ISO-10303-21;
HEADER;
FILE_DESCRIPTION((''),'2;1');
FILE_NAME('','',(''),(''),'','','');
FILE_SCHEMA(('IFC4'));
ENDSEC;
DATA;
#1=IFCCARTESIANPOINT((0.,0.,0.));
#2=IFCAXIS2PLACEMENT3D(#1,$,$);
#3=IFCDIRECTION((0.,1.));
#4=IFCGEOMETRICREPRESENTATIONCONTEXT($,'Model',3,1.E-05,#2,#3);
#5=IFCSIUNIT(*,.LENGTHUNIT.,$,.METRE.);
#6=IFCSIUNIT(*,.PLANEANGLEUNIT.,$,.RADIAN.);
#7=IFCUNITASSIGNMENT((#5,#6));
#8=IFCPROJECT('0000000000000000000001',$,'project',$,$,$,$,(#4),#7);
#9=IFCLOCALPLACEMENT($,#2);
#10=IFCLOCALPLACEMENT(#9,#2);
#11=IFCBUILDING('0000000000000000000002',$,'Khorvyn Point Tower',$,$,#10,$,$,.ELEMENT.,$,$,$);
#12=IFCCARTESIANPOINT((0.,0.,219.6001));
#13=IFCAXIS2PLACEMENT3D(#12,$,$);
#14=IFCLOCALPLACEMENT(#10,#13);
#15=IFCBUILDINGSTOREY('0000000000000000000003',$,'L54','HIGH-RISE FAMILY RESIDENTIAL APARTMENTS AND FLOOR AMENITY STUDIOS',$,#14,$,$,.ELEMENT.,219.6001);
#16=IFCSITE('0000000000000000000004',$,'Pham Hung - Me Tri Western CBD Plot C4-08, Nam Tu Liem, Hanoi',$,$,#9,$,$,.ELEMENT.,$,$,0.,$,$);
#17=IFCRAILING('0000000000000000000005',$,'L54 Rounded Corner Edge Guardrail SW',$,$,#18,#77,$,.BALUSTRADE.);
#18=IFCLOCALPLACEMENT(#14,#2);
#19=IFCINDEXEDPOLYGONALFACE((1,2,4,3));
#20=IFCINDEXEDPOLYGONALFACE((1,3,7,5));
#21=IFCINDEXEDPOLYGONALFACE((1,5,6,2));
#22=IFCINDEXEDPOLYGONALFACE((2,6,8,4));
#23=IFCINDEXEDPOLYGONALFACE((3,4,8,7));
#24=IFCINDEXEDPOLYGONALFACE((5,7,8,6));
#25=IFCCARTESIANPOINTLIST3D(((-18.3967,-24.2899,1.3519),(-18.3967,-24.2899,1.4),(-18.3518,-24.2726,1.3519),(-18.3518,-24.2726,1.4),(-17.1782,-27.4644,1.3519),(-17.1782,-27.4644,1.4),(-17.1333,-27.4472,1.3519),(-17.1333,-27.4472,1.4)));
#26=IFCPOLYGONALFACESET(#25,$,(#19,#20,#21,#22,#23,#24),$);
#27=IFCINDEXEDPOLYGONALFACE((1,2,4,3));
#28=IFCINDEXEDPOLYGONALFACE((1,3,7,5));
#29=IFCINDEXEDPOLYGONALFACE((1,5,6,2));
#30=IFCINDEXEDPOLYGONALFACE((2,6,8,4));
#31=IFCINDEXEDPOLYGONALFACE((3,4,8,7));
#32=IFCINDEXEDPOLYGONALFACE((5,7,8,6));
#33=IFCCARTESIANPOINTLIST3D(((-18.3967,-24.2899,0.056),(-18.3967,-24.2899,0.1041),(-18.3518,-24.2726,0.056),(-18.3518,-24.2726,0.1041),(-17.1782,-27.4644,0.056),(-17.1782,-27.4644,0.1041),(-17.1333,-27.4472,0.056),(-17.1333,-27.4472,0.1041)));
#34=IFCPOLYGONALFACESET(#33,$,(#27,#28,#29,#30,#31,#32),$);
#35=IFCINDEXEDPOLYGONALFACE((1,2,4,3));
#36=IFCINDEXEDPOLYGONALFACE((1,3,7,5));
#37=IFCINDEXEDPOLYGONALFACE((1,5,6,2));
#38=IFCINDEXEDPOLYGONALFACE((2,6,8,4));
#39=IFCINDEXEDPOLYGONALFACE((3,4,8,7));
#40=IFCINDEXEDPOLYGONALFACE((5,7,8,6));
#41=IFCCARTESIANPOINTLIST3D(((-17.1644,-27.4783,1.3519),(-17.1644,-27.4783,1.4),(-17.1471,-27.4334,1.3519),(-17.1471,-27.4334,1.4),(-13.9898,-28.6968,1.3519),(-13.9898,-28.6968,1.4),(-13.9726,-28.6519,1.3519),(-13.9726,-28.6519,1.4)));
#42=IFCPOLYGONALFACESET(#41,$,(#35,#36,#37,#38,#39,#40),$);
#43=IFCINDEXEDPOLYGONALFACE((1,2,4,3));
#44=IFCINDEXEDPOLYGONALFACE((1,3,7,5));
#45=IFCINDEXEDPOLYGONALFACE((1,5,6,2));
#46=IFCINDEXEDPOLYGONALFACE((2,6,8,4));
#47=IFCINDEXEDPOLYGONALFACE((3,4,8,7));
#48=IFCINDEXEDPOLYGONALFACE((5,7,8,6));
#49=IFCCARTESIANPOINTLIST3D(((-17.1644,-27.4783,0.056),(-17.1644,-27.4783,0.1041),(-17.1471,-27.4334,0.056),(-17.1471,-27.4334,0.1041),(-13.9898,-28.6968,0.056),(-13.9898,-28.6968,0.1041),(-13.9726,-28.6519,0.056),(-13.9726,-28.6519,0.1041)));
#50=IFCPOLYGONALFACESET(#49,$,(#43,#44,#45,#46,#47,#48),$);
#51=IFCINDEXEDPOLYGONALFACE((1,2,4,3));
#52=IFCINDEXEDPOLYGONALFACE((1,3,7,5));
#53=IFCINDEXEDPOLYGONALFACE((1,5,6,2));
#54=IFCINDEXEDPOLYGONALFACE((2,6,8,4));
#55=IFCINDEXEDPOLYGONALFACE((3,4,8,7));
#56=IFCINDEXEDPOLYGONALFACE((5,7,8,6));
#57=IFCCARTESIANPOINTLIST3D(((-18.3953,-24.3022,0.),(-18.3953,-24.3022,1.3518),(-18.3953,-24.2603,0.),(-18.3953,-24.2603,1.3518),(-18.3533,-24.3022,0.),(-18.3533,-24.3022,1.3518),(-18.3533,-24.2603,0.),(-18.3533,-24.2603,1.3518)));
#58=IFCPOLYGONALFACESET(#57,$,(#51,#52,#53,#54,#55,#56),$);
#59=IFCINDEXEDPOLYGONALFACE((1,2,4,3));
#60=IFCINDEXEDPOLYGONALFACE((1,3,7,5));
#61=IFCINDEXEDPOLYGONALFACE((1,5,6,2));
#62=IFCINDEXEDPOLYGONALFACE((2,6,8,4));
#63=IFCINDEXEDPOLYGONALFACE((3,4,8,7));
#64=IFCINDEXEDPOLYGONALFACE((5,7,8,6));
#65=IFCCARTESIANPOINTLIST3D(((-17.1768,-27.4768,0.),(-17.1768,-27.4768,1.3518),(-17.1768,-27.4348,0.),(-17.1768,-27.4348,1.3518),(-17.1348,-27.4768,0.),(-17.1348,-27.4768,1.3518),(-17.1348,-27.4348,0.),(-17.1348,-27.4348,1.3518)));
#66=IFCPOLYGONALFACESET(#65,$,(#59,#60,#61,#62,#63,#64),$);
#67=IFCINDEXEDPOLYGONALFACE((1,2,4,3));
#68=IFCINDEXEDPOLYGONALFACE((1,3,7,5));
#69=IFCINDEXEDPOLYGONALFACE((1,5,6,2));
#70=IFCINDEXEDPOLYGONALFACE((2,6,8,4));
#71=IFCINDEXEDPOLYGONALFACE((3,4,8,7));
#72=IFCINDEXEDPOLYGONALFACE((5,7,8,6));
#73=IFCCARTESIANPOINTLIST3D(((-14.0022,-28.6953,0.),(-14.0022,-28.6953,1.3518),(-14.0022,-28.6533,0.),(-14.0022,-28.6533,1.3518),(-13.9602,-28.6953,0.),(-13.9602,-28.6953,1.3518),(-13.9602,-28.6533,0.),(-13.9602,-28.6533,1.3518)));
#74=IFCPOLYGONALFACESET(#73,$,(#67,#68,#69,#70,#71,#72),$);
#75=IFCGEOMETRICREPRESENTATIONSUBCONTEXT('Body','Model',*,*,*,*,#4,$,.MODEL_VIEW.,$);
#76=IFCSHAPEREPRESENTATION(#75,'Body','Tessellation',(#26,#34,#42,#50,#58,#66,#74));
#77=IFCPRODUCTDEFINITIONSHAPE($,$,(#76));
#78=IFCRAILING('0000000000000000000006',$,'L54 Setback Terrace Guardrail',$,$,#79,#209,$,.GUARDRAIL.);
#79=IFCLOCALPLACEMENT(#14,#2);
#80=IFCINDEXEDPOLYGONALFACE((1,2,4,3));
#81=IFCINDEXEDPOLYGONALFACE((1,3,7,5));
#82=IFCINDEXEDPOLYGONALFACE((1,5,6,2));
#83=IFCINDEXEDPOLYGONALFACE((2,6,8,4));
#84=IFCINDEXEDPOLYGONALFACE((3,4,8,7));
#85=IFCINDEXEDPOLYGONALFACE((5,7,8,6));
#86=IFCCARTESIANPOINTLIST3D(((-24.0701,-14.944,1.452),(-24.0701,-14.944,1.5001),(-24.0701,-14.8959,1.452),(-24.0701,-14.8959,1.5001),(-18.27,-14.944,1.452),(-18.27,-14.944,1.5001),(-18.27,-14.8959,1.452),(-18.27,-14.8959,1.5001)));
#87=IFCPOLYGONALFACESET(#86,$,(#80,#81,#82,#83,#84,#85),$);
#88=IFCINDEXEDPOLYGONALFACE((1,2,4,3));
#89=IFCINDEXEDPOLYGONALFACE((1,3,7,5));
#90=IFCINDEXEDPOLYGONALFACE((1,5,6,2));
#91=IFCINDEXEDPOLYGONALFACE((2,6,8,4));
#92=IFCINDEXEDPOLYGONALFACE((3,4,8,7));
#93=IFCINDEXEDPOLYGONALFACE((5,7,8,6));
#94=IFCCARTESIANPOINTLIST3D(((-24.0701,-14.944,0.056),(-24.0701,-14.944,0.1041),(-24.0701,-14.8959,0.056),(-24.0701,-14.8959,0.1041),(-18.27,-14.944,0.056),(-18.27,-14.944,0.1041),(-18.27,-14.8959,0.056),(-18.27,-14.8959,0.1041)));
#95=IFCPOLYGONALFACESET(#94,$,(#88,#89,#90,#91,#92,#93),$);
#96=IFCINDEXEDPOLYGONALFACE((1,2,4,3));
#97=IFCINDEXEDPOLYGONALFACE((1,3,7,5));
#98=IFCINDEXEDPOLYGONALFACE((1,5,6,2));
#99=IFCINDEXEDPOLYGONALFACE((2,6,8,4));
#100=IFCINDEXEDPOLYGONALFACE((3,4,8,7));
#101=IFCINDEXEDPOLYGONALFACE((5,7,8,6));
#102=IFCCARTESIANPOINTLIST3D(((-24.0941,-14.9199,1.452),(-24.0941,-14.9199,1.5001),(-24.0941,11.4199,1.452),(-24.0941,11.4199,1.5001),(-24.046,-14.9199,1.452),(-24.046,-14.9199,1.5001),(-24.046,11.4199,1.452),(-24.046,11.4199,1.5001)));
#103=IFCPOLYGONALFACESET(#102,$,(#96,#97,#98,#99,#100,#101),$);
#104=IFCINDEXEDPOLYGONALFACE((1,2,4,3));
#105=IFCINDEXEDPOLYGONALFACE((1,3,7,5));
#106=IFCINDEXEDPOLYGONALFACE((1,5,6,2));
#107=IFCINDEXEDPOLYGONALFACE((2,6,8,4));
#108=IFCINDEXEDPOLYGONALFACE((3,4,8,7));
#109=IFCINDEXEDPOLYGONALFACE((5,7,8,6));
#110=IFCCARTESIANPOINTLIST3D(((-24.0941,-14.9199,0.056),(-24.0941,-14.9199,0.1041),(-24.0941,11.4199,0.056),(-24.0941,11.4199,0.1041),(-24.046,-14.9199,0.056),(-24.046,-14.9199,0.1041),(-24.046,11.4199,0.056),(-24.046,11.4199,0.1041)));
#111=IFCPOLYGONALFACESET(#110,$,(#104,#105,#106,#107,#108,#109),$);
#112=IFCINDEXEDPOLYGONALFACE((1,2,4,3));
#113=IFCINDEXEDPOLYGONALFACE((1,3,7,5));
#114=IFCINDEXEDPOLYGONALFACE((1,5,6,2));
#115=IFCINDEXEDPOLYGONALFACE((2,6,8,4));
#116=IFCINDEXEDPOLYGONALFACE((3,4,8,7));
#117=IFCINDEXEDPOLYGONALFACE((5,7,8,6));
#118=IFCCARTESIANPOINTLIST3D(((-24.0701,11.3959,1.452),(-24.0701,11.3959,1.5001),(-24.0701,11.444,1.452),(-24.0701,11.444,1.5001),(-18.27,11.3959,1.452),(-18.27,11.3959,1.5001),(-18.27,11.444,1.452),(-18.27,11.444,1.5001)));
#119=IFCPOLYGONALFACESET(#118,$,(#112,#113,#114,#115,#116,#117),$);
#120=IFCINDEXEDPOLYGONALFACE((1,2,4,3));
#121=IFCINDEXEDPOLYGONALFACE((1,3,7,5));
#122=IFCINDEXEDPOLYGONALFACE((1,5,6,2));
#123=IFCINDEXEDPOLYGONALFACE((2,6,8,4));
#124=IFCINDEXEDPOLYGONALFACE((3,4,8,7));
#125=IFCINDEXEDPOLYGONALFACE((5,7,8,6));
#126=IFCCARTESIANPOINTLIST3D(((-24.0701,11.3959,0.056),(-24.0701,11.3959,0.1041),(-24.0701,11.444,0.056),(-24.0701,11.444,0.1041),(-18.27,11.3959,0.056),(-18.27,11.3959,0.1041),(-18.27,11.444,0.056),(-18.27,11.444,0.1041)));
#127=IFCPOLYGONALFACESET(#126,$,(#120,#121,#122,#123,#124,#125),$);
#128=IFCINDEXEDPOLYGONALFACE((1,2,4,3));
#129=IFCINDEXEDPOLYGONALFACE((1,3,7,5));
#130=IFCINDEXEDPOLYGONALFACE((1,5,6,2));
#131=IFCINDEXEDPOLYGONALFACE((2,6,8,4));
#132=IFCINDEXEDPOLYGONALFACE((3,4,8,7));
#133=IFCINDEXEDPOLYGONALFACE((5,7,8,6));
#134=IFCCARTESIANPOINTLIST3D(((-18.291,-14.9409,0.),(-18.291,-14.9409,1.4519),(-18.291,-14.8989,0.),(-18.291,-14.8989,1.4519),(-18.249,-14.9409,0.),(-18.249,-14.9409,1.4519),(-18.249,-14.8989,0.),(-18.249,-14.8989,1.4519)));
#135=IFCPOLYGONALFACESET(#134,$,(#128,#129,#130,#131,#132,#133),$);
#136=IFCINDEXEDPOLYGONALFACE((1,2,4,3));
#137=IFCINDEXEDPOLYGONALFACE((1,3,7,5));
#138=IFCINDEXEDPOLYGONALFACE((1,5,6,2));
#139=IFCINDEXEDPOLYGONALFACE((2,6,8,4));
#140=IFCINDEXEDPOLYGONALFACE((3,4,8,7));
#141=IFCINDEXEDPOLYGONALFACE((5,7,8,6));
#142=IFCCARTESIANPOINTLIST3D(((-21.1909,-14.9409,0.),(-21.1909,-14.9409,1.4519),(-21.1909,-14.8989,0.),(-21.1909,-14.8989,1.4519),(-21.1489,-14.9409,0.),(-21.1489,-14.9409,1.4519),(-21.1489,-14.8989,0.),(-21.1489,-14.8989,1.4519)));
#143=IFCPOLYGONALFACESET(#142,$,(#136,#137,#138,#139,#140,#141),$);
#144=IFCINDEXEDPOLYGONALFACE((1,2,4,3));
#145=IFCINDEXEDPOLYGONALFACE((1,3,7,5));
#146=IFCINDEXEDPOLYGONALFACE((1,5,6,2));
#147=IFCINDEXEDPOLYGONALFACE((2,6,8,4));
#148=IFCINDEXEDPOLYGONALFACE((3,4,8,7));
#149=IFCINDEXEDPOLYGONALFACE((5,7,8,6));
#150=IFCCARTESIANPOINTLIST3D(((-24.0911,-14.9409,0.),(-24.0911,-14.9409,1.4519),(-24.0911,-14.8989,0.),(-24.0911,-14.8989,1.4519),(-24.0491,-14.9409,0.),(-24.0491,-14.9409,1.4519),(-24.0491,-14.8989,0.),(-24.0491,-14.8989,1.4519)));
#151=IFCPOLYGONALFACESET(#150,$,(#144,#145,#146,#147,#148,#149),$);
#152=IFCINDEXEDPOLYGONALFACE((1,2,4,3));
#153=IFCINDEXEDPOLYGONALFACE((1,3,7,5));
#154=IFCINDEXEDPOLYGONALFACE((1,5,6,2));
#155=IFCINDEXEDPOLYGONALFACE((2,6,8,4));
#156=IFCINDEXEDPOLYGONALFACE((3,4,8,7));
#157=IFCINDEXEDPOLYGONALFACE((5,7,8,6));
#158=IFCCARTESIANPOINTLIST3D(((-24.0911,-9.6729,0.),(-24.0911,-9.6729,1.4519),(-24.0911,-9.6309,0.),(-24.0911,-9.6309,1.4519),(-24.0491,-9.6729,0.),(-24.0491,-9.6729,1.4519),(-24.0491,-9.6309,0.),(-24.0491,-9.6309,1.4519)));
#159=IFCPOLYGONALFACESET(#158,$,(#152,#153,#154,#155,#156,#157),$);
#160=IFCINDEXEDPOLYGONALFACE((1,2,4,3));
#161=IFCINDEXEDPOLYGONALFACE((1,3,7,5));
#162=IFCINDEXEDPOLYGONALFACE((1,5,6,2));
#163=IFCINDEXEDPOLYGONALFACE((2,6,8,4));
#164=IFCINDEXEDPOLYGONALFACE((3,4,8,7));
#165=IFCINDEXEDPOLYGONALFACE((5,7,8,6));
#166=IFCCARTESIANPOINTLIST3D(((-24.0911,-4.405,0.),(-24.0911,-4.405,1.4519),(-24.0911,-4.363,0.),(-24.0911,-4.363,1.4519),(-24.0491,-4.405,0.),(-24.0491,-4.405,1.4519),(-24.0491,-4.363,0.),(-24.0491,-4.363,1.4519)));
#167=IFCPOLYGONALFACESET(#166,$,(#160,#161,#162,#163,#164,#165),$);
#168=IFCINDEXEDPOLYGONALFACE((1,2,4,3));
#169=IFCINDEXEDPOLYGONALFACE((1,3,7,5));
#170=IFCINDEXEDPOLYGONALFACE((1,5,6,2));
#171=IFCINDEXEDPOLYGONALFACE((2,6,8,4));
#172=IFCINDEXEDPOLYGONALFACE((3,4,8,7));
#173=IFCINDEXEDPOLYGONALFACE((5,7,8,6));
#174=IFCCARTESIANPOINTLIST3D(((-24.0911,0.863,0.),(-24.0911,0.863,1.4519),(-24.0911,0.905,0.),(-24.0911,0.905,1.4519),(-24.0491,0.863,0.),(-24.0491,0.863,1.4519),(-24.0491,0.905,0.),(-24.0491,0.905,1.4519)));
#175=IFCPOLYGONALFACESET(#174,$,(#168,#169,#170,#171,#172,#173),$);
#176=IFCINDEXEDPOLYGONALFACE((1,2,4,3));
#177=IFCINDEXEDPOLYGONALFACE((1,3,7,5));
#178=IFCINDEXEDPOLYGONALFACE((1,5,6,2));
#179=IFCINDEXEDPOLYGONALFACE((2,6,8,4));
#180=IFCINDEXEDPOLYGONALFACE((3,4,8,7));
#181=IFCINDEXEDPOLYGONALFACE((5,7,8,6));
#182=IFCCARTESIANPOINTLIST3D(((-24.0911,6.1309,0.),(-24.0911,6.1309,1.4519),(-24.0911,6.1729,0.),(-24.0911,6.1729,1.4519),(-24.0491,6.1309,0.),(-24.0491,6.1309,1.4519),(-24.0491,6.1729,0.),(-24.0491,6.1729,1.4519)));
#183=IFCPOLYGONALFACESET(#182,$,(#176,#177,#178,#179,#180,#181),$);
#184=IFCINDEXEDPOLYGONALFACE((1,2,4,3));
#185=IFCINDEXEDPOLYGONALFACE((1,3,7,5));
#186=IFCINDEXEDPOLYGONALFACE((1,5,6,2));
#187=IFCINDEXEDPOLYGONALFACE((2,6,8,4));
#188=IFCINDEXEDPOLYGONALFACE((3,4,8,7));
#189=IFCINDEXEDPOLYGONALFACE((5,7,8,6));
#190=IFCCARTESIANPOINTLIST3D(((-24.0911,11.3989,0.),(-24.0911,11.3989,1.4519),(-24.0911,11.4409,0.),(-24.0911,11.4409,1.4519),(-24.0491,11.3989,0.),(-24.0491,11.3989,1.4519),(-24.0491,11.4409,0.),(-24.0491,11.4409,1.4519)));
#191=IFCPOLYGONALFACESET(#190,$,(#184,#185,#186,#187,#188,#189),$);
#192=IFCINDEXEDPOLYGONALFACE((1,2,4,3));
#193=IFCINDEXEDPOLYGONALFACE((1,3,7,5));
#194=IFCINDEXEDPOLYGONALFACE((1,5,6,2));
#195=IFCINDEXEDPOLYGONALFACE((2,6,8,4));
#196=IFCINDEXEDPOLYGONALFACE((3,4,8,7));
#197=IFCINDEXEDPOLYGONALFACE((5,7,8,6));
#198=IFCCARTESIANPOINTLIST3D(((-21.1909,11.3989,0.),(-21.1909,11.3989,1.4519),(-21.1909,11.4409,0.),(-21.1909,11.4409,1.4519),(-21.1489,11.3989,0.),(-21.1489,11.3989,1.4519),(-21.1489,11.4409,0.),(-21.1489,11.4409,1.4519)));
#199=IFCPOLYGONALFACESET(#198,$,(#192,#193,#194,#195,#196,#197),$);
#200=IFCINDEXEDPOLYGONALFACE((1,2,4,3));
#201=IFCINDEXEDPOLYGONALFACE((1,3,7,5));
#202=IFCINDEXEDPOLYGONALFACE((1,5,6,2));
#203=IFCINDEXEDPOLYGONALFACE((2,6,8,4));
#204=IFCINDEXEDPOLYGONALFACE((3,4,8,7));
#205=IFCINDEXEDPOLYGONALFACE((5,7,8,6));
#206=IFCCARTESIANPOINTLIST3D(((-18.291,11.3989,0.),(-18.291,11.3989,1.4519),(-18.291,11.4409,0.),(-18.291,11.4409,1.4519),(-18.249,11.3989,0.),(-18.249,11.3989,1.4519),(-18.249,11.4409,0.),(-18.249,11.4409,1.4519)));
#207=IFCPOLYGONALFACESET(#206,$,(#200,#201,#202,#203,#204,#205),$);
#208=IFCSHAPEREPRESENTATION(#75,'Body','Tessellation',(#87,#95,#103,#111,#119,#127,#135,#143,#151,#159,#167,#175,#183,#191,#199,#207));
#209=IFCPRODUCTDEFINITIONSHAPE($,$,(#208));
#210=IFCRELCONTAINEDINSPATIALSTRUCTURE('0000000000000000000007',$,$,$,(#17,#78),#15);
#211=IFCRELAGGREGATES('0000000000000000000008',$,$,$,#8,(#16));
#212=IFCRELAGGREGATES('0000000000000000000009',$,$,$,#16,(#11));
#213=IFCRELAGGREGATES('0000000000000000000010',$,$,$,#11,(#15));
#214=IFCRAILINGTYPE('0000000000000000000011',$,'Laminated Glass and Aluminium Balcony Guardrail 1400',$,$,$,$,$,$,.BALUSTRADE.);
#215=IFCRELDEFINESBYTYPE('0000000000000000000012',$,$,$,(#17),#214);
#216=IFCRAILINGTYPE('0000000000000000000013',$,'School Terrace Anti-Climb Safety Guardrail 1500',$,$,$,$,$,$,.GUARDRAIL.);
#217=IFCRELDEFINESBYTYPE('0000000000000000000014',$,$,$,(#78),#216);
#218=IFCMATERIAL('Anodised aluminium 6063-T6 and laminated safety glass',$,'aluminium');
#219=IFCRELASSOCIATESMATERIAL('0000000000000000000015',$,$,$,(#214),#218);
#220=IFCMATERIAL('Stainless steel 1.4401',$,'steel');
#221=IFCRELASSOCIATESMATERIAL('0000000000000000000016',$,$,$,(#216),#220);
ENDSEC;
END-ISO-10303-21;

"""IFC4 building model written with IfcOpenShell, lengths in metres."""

from ifc_helpers import new_model, si_unit, direction, frame, origin, origin_2d, place, context, subcontext, project, spatial, rectangle, extrude, material, type_object, element, save


model = new_model("IFC4")

# Units and contexts
model_context = context("Model", 3, precision=1e-05, world=origin(), true_north=direction((0.0, 1.0)))
body_context = subcontext(model_context, "Body", "Model", "MODEL_VIEW")
ifc_project = project(units=[si_unit("LENGTHUNIT", "METRE"), si_unit("PLANEANGLEUNIT", "RADIAN")], contexts=[model_context])

# Site, building, storey
site_placement = place(None, origin())
site = spatial("IfcSite", under=ifc_project, at=site_placement, Name="Pham Hung - Me Tri Western CBD Plot C4-08, Nam Tu Liem, Hanoi", CompositionType="ELEMENT", RefElevation=0.0)
building_placement = place(site_placement, origin())
building = spatial("IfcBuilding", under=site, at=building_placement, Name="Khorvyn Point Tower", CompositionType="ELEMENT")
storey_placement = place(building_placement, frame((0.0, 0.0, 219.6001)))
storey = spatial("IfcBuildingStorey", under=building, at=storey_placement, Name="L54", Description="HIGH-RISE FAMILY RESIDENTIAL APARTMENTS AND FLOOR AMENITY STUDIOS", CompositionType="ELEMENT", Elevation=219.6001)

# Railings
ifc_material_1 = material(Name="Anodised aluminium 6063-T6 and laminated safety glass", Category="aluminium")
railing_type_1 = type_object("IfcRailingType", Name="Laminated Glass and Aluminium Balcony Guardrail 1400", PredefinedType="BALUSTRADE", material=ifc_material_1)
railing_1_placement = place(storey_placement, frame((-18.3743, -24.2812, 0.0)))
element("IfcRailing", 1, at=railing_1_placement, inside=storey, type_object=railing_type_1, Name="L54 Rounded Corner Edge Guardrail SW", PredefinedType="BALUSTRADE", context=body_context, shape_type="SweptSolid", body=[
    extrude(rectangle(XDim=0.0481, YDim=0.0481, at=origin_2d()), frame((0.0, 0.0, 1.376), z_axis=(0.358344, -0.93359, 0.0), x_axis=(0.93359, 0.358344, 0.0)), (0.0, 0.0, 1.0), 3.4004),
    extrude(rectangle(XDim=0.0481, YDim=0.0481, at=origin_2d()), frame((0.0, 0.0, 0.0801), z_axis=(0.358344, -0.93359, 0.0), x_axis=(0.93359, 0.358344, 0.0)), (0.0, 0.0, 1.0), 3.4004),
    extrude(rectangle(XDim=0.0481, YDim=0.0481, at=origin_2d()), frame((1.2185, -3.1746, 1.376), z_axis=(0.93359, -0.358344, 0.0), x_axis=(0.358344, 0.93359, 0.0)), (0.0, 0.0, 1.0), 3.4004),
    extrude(rectangle(XDim=0.0481, YDim=0.0481, at=origin_2d()), frame((1.2185, -3.1746, 0.0801), z_axis=(0.93359, -0.358344, 0.0), x_axis=(0.358344, 0.93359, 0.0)), (0.0, 0.0, 1.0), 3.4004),
    extrude(rectangle(XDim=0.042, YDim=0.042, at=origin_2d()), origin(), (0.0, 0.0, 1.0), 1.3518),
    extrude(rectangle(XDim=0.042, YDim=0.042, at=origin_2d()), frame((1.2185, -3.1746, 0.0)), (0.0, 0.0, 1.0), 1.3518),
    extrude(rectangle(XDim=0.042, YDim=0.042, at=origin_2d()), frame((4.3931, -4.3931, 0.0)), (0.0, 0.0, 1.0), 1.3518),
])
ifc_material_2 = material(Name="Stainless steel 1.4401", Category="steel")
railing_type_2 = type_object("IfcRailingType", Name="School Terrace Anti-Climb Safety Guardrail 1500", PredefinedType="GUARDRAIL", material=ifc_material_2)
railing_2_placement = place(storey_placement, frame((-18.27, -14.9199, 0.0)))
element("IfcRailing", 2, at=railing_2_placement, inside=storey, type_object=railing_type_2, Name="L54 Setback Terrace Guardrail", PredefinedType="GUARDRAIL", context=body_context, shape_type="SweptSolid", body=[
    extrude(rectangle(XDim=0.0481, YDim=0.0481, at=origin_2d()), frame((0.0, 0.0, 1.4761), z_axis=(-1.0, 0.0, 0.0), x_axis=(0.0, -1.0, 0.0)), (0.0, 0.0, 1.0), 5.8),
    extrude(rectangle(XDim=0.0481, YDim=0.0481, at=origin_2d()), frame((0.0, 0.0, 0.0801), z_axis=(-1.0, 0.0, 0.0), x_axis=(0.0, -1.0, 0.0)), (0.0, 0.0, 1.0), 5.8),
    extrude(rectangle(XDim=0.0481, YDim=0.0481, at=origin_2d()), frame((-5.8, 0.0, 1.4761), z_axis=(0.0, 1.0, 0.0), x_axis=(-1.0, 0.0, 0.0)), (0.0, 0.0, 1.0), 26.3398),
    extrude(rectangle(XDim=0.0481, YDim=0.0481, at=origin_2d()), frame((-5.8, 0.0, 0.0801), z_axis=(0.0, 1.0, 0.0), x_axis=(-1.0, 0.0, 0.0)), (0.0, 0.0, 1.0), 26.3398),
    extrude(rectangle(XDim=0.0481, YDim=0.0481, at=origin_2d()), frame((-5.8, 26.3398, 1.4761), z_axis=(1.0, 0.0, 0.0), x_axis=(0.0, 1.0, 0.0)), (0.0, 0.0, 1.0), 5.8),
    extrude(rectangle(XDim=0.0481, YDim=0.0481, at=origin_2d()), frame((-5.8, 26.3398, 0.0801), z_axis=(1.0, 0.0, 0.0), x_axis=(0.0, 1.0, 0.0)), (0.0, 0.0, 1.0), 5.8),
    extrude(rectangle(XDim=0.042, YDim=0.042, at=origin_2d()), origin(), (0.0, 0.0, 1.0), 1.4519),
    extrude(rectangle(XDim=0.042, YDim=0.042, at=origin_2d()), frame((-2.8999, 0.0, 0.0)), (0.0, 0.0, 1.0), 1.4519),
    extrude(rectangle(XDim=0.042, YDim=0.042, at=origin_2d()), frame((-5.8, 0.0, 0.0)), (0.0, 0.0, 1.0), 1.4519),
    extrude(rectangle(XDim=0.042, YDim=0.042, at=origin_2d()), frame((-5.8, 5.2681, 0.0)), (0.0, 0.0, 1.0), 1.4519),
    extrude(rectangle(XDim=0.042, YDim=0.042, at=origin_2d()), frame((-5.8, 10.5359, 0.0)), (0.0, 0.0, 1.0), 1.4519),
    extrude(rectangle(XDim=0.042, YDim=0.042, at=origin_2d()), frame((-5.8, 15.804, 0.0)), (0.0, 0.0, 1.0), 1.4519),
    extrude(rectangle(XDim=0.042, YDim=0.042, at=origin_2d()), frame((-5.8, 21.0718, 0.0)), (0.0, 0.0, 1.0), 1.4519),
    extrude(rectangle(XDim=0.042, YDim=0.042, at=origin_2d()), frame((-5.8, 26.3398, 0.0)), (0.0, 0.0, 1.0), 1.4519),
    extrude(rectangle(XDim=0.042, YDim=0.042, at=origin_2d()), frame((-2.8999, 26.3398, 0.0)), (0.0, 0.0, 1.0), 1.4519),
    extrude(rectangle(XDim=0.042, YDim=0.042, at=origin_2d()), frame((0.0, 26.3398, 0.0)), (0.0, 0.0, 1.0), 1.4519),
])

save(model, "model.ifc")
